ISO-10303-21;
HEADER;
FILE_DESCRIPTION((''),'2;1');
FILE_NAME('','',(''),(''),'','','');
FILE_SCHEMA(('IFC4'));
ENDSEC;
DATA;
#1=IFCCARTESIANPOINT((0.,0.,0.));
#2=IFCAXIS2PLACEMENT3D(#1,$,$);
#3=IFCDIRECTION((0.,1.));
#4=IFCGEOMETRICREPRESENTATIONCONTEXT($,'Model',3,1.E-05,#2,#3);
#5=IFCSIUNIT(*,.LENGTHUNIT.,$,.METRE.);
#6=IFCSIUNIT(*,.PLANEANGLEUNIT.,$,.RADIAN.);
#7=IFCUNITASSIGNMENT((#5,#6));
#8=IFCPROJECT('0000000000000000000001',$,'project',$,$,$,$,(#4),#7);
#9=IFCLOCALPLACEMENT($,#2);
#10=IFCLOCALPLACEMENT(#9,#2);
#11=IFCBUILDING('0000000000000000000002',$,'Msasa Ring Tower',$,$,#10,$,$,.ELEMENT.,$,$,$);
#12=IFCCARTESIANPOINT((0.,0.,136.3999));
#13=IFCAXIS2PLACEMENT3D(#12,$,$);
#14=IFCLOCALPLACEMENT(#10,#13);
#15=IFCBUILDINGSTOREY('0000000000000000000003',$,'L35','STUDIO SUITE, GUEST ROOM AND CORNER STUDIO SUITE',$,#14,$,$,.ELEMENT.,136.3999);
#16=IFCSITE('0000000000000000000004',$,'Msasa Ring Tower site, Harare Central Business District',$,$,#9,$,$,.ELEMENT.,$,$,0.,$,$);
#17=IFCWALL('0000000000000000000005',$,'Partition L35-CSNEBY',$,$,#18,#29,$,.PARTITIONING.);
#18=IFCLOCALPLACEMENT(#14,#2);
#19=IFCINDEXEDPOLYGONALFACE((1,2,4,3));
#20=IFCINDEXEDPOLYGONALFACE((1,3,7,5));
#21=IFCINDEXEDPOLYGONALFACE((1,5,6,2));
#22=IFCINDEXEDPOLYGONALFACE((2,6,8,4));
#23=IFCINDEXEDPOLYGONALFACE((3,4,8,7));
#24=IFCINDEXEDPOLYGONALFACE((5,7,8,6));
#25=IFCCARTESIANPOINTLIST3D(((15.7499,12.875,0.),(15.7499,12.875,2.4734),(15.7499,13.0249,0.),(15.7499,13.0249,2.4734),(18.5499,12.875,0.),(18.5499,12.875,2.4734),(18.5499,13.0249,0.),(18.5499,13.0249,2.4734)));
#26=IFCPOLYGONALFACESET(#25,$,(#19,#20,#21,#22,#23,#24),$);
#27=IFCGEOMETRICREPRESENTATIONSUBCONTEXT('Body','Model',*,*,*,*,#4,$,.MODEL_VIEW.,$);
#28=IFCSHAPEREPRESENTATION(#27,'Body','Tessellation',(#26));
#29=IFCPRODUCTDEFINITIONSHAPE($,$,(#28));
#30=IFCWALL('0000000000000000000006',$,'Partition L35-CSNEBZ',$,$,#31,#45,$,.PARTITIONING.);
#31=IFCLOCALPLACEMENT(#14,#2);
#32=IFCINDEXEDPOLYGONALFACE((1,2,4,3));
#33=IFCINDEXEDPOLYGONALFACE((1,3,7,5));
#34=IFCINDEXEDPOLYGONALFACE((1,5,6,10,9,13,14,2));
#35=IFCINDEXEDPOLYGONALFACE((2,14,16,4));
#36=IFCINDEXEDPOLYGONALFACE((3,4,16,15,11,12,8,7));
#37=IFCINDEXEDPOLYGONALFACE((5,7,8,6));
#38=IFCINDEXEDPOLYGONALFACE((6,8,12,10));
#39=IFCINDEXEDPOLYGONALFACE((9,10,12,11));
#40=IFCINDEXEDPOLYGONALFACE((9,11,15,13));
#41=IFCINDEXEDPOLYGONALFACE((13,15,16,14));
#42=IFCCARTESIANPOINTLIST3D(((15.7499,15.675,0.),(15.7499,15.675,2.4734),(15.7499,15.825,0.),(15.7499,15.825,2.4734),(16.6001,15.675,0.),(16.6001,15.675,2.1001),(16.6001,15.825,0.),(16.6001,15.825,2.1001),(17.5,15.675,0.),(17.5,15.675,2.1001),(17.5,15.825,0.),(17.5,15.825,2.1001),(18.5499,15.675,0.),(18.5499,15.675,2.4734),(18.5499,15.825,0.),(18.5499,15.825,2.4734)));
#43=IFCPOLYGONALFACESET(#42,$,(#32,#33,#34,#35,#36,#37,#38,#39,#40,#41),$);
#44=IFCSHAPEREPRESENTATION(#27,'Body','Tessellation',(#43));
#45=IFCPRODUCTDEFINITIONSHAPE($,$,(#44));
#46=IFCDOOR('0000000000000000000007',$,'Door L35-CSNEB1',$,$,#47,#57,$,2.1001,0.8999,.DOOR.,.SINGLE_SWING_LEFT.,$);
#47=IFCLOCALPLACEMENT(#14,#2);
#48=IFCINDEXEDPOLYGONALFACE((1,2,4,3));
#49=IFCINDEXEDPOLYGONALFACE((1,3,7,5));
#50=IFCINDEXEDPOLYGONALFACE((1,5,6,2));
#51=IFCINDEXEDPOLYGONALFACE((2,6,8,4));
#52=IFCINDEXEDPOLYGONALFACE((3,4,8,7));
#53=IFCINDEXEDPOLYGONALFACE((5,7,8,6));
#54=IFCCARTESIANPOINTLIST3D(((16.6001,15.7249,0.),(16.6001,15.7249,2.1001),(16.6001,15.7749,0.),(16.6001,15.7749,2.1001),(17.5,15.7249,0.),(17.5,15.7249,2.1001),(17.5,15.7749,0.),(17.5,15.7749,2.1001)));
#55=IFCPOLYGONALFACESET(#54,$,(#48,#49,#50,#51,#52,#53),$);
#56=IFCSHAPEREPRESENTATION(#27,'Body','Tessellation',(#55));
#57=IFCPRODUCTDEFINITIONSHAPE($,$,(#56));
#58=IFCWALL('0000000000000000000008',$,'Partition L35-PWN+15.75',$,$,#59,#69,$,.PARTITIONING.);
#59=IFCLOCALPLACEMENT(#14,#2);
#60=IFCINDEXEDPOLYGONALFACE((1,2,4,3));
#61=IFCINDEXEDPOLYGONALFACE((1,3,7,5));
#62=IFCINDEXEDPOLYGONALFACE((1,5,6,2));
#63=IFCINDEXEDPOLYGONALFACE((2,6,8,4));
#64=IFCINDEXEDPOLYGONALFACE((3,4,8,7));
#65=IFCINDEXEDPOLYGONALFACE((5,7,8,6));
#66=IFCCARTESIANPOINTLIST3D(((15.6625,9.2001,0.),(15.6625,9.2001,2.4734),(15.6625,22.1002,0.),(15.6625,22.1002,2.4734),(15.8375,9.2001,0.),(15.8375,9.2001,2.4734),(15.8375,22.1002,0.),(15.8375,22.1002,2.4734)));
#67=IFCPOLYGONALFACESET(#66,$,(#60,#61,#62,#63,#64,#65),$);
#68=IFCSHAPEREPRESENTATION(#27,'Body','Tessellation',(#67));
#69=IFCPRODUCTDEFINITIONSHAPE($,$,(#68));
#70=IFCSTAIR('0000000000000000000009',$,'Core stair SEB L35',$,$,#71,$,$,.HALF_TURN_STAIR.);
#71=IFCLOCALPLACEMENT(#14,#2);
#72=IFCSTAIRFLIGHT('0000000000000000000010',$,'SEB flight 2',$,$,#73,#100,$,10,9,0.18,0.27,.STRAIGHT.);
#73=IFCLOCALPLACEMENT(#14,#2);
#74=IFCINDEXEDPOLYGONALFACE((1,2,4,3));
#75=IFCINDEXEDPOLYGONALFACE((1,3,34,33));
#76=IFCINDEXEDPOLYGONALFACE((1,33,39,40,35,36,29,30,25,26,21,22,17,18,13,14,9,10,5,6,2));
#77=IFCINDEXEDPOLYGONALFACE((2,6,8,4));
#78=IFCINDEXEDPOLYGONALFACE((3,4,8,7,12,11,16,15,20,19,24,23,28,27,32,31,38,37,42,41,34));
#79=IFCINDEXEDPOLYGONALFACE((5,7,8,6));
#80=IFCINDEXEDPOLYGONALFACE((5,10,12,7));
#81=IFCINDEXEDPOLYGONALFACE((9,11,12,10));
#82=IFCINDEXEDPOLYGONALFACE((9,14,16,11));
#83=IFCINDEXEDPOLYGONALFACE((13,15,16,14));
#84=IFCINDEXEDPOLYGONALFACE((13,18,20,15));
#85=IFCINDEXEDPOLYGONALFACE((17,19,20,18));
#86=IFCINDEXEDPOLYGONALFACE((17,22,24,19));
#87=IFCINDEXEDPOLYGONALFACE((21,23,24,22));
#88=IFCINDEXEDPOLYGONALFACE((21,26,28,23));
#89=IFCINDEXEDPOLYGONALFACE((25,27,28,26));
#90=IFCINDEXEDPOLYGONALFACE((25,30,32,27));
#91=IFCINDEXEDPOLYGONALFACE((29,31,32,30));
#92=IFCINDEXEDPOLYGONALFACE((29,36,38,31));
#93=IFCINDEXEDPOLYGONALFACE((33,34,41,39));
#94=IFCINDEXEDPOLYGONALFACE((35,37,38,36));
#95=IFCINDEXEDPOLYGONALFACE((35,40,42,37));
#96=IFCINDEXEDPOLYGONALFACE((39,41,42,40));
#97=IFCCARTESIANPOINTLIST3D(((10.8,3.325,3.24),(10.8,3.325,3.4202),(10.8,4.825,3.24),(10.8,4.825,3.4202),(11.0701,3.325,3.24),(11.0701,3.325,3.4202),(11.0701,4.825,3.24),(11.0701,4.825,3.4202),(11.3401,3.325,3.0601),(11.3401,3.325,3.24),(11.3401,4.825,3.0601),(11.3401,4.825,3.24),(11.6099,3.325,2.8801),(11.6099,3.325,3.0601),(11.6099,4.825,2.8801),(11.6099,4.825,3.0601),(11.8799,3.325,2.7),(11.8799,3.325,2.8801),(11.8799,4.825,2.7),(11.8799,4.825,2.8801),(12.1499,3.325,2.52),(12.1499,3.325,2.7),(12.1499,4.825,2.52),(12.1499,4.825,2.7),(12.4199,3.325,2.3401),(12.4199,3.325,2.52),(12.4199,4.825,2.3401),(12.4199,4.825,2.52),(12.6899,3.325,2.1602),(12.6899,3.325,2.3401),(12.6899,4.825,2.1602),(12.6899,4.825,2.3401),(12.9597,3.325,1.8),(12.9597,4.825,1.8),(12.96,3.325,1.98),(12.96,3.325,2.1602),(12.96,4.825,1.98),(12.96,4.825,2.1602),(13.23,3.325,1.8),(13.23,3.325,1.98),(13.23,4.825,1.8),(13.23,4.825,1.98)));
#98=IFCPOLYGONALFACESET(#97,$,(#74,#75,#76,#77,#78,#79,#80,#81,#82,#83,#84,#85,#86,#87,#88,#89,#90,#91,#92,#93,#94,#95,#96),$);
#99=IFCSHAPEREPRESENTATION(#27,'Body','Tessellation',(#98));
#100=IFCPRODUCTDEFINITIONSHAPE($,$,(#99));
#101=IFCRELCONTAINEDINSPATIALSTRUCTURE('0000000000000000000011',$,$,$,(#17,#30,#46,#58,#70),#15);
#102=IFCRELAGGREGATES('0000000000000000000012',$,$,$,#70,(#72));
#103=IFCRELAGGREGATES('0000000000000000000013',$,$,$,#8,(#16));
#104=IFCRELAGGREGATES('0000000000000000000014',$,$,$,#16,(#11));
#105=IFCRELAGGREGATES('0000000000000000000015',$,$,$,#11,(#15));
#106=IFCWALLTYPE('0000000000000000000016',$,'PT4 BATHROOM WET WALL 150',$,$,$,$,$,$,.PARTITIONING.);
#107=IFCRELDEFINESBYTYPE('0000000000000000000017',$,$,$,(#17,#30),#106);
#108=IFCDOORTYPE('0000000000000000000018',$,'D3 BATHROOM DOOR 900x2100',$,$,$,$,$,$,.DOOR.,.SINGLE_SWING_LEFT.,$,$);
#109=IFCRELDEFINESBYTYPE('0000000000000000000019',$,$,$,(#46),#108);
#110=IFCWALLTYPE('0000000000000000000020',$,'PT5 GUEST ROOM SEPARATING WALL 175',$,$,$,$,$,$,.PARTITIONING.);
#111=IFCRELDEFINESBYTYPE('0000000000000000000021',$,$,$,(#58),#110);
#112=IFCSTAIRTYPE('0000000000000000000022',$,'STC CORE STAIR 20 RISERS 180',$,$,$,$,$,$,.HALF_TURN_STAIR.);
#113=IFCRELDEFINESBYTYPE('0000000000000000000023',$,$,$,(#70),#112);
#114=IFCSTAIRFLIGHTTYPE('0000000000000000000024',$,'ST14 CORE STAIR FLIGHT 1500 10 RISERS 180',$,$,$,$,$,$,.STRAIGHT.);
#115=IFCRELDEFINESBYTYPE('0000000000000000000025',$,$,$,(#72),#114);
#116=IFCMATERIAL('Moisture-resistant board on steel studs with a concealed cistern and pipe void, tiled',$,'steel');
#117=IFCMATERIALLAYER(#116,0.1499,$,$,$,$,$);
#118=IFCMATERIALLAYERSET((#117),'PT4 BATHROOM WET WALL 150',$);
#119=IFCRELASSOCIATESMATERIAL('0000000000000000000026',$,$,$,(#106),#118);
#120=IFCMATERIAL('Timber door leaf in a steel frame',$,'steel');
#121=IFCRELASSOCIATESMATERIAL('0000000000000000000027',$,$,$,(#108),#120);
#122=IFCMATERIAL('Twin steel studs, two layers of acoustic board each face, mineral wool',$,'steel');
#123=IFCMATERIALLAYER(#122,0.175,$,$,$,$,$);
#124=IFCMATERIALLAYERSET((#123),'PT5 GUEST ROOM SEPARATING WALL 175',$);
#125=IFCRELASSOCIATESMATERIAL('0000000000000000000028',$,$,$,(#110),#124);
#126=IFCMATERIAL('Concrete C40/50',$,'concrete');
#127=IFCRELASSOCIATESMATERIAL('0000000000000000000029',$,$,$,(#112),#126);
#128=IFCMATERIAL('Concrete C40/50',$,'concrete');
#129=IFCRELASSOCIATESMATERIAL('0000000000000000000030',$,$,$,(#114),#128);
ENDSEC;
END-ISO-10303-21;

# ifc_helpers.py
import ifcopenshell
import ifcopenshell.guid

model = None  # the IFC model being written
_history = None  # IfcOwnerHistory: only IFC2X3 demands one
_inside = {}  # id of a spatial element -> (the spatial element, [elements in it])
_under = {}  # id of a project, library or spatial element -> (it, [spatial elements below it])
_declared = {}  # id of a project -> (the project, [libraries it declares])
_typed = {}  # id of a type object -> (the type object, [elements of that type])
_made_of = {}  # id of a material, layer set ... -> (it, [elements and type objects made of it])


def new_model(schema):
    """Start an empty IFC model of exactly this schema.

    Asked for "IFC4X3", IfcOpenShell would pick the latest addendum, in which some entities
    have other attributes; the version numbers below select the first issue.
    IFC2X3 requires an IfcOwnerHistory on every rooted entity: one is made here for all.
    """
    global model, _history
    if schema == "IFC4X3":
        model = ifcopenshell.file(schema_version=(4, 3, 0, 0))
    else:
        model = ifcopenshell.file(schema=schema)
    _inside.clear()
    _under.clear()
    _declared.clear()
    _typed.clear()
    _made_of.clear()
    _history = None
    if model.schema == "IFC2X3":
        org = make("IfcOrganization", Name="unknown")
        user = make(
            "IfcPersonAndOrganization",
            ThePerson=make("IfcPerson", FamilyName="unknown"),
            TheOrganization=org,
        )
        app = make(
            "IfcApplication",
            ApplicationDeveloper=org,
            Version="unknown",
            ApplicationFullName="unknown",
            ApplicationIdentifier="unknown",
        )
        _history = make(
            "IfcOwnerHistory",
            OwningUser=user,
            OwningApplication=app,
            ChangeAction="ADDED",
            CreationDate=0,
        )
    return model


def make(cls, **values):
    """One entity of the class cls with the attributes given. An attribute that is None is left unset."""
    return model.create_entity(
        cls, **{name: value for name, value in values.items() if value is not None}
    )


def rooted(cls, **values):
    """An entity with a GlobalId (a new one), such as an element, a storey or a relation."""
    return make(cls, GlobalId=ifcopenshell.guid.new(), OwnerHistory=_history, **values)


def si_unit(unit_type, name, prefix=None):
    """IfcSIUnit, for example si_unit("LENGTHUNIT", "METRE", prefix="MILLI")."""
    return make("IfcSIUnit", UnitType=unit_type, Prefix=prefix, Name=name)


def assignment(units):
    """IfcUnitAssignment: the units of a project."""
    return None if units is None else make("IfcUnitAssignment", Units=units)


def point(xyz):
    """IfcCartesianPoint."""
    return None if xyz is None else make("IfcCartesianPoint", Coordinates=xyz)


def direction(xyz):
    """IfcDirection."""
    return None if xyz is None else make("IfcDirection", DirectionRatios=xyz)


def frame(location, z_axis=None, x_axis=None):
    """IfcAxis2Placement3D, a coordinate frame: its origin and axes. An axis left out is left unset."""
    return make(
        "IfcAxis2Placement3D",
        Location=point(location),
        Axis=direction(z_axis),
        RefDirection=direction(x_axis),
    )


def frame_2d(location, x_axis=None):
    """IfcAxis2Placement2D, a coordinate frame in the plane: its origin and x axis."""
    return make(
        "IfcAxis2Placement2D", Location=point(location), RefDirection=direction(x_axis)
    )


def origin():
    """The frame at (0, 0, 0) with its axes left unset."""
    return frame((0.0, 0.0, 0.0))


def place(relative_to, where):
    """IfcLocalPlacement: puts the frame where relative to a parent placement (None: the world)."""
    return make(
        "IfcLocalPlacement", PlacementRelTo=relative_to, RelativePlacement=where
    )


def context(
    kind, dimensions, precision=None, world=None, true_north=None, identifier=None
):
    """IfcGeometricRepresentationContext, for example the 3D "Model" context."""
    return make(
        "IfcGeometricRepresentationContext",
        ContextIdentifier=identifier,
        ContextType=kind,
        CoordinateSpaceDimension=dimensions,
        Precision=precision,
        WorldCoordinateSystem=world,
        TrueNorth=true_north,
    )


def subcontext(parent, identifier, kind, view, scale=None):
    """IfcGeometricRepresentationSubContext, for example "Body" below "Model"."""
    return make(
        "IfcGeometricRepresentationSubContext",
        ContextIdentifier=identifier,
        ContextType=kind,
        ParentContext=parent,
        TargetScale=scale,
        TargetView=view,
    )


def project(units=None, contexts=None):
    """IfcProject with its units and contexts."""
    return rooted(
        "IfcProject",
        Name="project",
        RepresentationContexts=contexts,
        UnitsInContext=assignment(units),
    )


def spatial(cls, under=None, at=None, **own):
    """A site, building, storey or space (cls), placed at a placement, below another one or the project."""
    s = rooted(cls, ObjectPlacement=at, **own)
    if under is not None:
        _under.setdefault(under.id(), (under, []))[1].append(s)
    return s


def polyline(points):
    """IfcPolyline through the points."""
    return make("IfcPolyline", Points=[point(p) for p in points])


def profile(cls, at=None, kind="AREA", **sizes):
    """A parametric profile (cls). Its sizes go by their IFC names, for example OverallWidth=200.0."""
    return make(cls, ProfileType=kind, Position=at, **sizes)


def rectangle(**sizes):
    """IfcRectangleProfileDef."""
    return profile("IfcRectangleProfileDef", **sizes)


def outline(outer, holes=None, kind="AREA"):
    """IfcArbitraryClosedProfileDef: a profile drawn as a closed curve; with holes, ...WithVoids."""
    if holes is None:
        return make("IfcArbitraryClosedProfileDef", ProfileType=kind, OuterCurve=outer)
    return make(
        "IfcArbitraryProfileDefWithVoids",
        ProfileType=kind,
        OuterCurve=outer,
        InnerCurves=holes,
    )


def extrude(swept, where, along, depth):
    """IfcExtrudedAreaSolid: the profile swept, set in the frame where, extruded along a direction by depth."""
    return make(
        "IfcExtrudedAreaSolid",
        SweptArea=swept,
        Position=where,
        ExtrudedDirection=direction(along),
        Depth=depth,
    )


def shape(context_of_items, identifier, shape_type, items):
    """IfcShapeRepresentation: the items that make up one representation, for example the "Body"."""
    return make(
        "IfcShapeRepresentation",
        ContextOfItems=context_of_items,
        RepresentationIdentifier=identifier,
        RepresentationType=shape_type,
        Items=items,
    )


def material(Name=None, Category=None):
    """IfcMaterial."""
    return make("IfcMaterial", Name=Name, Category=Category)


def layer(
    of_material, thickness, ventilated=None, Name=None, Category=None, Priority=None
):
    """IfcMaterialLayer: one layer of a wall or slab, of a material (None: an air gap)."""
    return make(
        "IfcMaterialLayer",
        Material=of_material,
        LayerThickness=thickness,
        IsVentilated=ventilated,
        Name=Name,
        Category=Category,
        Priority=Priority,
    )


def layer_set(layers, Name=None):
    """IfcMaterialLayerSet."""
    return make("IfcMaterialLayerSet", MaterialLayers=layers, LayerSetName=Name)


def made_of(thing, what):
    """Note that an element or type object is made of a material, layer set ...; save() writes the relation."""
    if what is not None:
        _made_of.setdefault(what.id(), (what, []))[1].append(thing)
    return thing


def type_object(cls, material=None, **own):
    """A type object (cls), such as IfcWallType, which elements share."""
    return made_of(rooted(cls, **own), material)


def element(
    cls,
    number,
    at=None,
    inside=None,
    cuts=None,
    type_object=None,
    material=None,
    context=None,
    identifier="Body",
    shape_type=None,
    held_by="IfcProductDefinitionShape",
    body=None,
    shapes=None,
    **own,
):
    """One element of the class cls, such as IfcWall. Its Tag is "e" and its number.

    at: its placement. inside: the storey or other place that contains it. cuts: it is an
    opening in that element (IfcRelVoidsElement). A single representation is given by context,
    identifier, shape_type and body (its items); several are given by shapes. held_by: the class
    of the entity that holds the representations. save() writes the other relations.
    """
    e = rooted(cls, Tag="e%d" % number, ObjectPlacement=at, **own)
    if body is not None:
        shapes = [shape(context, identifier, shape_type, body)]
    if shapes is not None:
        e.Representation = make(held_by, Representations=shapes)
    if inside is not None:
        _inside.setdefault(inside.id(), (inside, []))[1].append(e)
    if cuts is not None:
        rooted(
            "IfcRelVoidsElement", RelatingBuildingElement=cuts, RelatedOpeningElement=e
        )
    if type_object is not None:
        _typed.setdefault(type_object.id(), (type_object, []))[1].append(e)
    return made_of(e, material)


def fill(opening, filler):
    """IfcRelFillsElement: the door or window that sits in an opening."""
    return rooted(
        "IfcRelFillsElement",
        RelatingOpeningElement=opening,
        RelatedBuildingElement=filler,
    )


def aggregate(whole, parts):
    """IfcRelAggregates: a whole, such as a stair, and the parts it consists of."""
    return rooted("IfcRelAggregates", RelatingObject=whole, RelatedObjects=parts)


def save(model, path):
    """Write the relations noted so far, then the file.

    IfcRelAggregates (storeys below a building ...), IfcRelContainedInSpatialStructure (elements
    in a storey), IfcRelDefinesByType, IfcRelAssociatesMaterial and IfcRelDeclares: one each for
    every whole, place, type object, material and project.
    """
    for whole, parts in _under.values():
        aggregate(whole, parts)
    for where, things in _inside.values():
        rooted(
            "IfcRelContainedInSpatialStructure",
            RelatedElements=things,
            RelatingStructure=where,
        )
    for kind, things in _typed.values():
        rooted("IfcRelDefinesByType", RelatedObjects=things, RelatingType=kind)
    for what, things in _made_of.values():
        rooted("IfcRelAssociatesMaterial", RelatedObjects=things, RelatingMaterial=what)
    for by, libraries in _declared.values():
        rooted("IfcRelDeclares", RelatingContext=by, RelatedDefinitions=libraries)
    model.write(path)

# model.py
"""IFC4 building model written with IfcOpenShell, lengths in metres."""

from ifc_helpers import new_model, si_unit, direction, frame, frame_2d, origin, place, context, subcontext, project, spatial, polyline, rectangle, outline, extrude, material, layer, layer_set, type_object, element, fill, aggregate, save


model = new_model("IFC4")

# Units and contexts
model_context = context("Model", 3, precision=1e-05, world=origin(), true_north=direction((0.0, 1.0)))
body_context = subcontext(model_context, "Body", "Model", "MODEL_VIEW")
ifc_project = project(units=[si_unit("LENGTHUNIT", "METRE"), si_unit("PLANEANGLEUNIT", "RADIAN")], contexts=[model_context])

# Site, building, storey
site_placement = place(None, origin())
site = spatial("IfcSite", under=ifc_project, at=site_placement, Name="Msasa Ring Tower site, Harare Central Business District", CompositionType="ELEMENT", RefElevation=0.0)
building_placement = place(site_placement, origin())
building = spatial("IfcBuilding", under=site, at=building_placement, Name="Msasa Ring Tower", CompositionType="ELEMENT")
storey_placement = place(building_placement, frame((0.0, 0.0, 136.3999)))
storey = spatial("IfcBuildingStorey", under=building, at=storey_placement, Name="L35", Description="STUDIO SUITE, GUEST ROOM AND CORNER STUDIO SUITE", CompositionType="ELEMENT", Elevation=136.3999)

# Shared definitions
ifc_material_1 = material(Name="Moisture-resistant board on steel studs with a concealed cistern and pipe void, tiled", Category="steel")
ifc_layer_1 = layer(ifc_material_1, 0.1499)
ifc_layer_set_1 = layer_set([ifc_layer_1], Name="PT4 BATHROOM WET WALL 150")
wall_type_1 = type_object("IfcWallType", Name="PT4 BATHROOM WET WALL 150", PredefinedType="PARTITIONING", material=ifc_layer_set_1)
ifc_material_2 = material(Name="Timber door leaf in a steel frame", Category="steel")
door_type = type_object("IfcDoorType", Name="D3 BATHROOM DOOR 900x2100", OperationType="SINGLE_SWING_LEFT", PredefinedType="DOOR", material=ifc_material_2)

# Wall
wall_1_placement = place(storey_placement, frame((15.75, 12.95, 0.0), z_axis=(0.0, 0.0, 1.0), x_axis=(1.0, 0.0, 0.0)))
element("IfcWall", 1, at=wall_1_placement, inside=storey, type_object=wall_type_1, Name="Partition L35-CSNEBY", PredefinedType="PARTITIONING", context=body_context, shape_type="SweptSolid", body=[
    extrude(rectangle(XDim=2.8, YDim=0.1499, at=frame_2d((1.3999, 0.0))), origin(), (0.0, 0.0, 1.0), 2.4734),
])

# Wall, opening, door
wall_2_placement = place(storey_placement, frame((15.75, 15.75, 0.0), z_axis=(0.0, 0.0, 1.0), x_axis=(1.0, 0.0, 0.0)))
wall_2 = element("IfcWall", 2, at=wall_2_placement, inside=storey, type_object=wall_type_1, Name="Partition L35-CSNEBZ", PredefinedType="PARTITIONING", context=body_context, shape_type="SweptSolid", body=[
    extrude(rectangle(XDim=2.8, YDim=0.1499, at=frame_2d((1.3999, 0.0))), origin(), (0.0, 0.0, 1.0), 2.4734),
])
opening_1_placement = place(wall_2_placement, frame((0.8501, 0.0, 0.0)))
opening_1 = element("IfcOpeningElement", 3, at=opening_1_placement, cuts=wall_2, PredefinedType="OPENING", context=body_context, shape_type="SweptSolid", body=[
    extrude(rectangle(XDim=0.8999, YDim=2.1001, at=frame_2d((0.45, 1.05))), frame((0.0, 0.085, 0.0), z_axis=(0.0, -1.0, 0.0), x_axis=(1.0, 0.0, 0.0)), (0.0, 0.0, 1.0), 0.1699),
])
door_1_placement = place(opening_1_placement, origin())
door_1 = element("IfcDoor", 4, at=door_1_placement, inside=storey, type_object=door_type, Name="Door L35-CSNEB1", OperationType="SINGLE_SWING_LEFT", OverallHeight=2.1001, OverallWidth=0.8999, PredefinedType="DOOR", context=body_context, shape_type="SweptSolid", body=[
    extrude(rectangle(XDim=0.8999, YDim=2.1001, at=frame_2d((0.45, 1.05))), frame((0.0, 0.0249, 0.0), z_axis=(0.0, -1.0, 0.0), x_axis=(1.0, 0.0, 0.0)), (0.0, 0.0, 1.0), 0.05),
])
fill(opening_1, door_1)

# Wall
ifc_material_3 = material(Name="Twin steel studs, two layers of acoustic board each face, mineral wool", Category="steel")
ifc_layer_2 = layer(ifc_material_3, 0.175)
ifc_layer_set_2 = layer_set([ifc_layer_2], Name="PT5 GUEST ROOM SEPARATING WALL 175")
wall_type_2 = type_object("IfcWallType", Name="PT5 GUEST ROOM SEPARATING WALL 175", PredefinedType="PARTITIONING", material=ifc_layer_set_2)
wall_3_placement = place(storey_placement, frame((15.75, 9.2, 0.0), z_axis=(0.0, 0.0, 1.0), x_axis=(0.0, 1.0, 0.0)))
element("IfcWall", 5, at=wall_3_placement, inside=storey, type_object=wall_type_2, Name="Partition L35-PWN+15.75", PredefinedType="PARTITIONING", context=body_context, shape_type="SweptSolid", body=[
    extrude(rectangle(XDim=12.9001, YDim=0.175, at=frame_2d((6.4502, 0.0))), origin(), (0.0, 0.0, 1.0), 2.4734),
])

# Stair, stair flight
ifc_material_4 = material(Name="Concrete C40/50", Category="concrete")
stair_type = type_object("IfcStairType", Name="STC CORE STAIR 20 RISERS 180", PredefinedType="HALF_TURN_STAIR", material=ifc_material_4)
stair_placement = place(storey_placement, origin())
stair = element("IfcStair", 6, at=stair_placement, inside=storey, type_object=stair_type, Name="Core stair SEB L35", PredefinedType="HALF_TURN_STAIR")
ifc_material_5 = material(Name="Concrete C40/50", Category="concrete")
stair_flight_type = type_object("IfcStairFlightType", Name="ST14 CORE STAIR FLIGHT 1500 10 RISERS 180", PredefinedType="STRAIGHT", material=ifc_material_5)
stair_flight_placement = place(storey_placement, frame((13.23, 4.075, 1.8), z_axis=(0.0, 0.0, 1.0), x_axis=(-1.0, 0.0, 0.0)))
stair_flight = element("IfcStairFlight", 7, at=stair_flight_placement, type_object=stair_flight_type, Name="SEB flight 2", NumberOfRisers=10, NumberOfTreads=9, PredefinedType="STRAIGHT", RiserHeight=0.18, TreadLength=0.27, context=body_context, shape_type="SweptSolid", body=[
    extrude(outline(polyline([(0.0, 0.0), (0.0, 0.1799), (0.27, 0.1799), (0.27, 0.3601), (0.54, 0.3601), (0.54, 0.54), (0.8101, 0.54), (0.8101, 0.72), (1.0801, 0.72), (1.0801, 0.8999), (1.3501, 0.8999), (1.3501, 1.0801), (1.6201, 1.0801), (1.6201, 1.26), (1.8899, 1.26), (1.8899, 1.4399), (2.1599, 1.4399), (2.1599, 1.6201), (2.4299, 1.6201), (2.4299, 1.8), (2.4299, 1.4399), (0.2703, 0.0), (0.0, 0.0)])), frame((0.0, 0.75, 0.0), z_axis=(0.0, -1.0, 0.0), x_axis=(1.0, 0.0, 0.0)), (0.0, 0.0, 1.0), 1.5),
])
aggregate(stair, [stair_flight])

save(model, "model.ifc")
